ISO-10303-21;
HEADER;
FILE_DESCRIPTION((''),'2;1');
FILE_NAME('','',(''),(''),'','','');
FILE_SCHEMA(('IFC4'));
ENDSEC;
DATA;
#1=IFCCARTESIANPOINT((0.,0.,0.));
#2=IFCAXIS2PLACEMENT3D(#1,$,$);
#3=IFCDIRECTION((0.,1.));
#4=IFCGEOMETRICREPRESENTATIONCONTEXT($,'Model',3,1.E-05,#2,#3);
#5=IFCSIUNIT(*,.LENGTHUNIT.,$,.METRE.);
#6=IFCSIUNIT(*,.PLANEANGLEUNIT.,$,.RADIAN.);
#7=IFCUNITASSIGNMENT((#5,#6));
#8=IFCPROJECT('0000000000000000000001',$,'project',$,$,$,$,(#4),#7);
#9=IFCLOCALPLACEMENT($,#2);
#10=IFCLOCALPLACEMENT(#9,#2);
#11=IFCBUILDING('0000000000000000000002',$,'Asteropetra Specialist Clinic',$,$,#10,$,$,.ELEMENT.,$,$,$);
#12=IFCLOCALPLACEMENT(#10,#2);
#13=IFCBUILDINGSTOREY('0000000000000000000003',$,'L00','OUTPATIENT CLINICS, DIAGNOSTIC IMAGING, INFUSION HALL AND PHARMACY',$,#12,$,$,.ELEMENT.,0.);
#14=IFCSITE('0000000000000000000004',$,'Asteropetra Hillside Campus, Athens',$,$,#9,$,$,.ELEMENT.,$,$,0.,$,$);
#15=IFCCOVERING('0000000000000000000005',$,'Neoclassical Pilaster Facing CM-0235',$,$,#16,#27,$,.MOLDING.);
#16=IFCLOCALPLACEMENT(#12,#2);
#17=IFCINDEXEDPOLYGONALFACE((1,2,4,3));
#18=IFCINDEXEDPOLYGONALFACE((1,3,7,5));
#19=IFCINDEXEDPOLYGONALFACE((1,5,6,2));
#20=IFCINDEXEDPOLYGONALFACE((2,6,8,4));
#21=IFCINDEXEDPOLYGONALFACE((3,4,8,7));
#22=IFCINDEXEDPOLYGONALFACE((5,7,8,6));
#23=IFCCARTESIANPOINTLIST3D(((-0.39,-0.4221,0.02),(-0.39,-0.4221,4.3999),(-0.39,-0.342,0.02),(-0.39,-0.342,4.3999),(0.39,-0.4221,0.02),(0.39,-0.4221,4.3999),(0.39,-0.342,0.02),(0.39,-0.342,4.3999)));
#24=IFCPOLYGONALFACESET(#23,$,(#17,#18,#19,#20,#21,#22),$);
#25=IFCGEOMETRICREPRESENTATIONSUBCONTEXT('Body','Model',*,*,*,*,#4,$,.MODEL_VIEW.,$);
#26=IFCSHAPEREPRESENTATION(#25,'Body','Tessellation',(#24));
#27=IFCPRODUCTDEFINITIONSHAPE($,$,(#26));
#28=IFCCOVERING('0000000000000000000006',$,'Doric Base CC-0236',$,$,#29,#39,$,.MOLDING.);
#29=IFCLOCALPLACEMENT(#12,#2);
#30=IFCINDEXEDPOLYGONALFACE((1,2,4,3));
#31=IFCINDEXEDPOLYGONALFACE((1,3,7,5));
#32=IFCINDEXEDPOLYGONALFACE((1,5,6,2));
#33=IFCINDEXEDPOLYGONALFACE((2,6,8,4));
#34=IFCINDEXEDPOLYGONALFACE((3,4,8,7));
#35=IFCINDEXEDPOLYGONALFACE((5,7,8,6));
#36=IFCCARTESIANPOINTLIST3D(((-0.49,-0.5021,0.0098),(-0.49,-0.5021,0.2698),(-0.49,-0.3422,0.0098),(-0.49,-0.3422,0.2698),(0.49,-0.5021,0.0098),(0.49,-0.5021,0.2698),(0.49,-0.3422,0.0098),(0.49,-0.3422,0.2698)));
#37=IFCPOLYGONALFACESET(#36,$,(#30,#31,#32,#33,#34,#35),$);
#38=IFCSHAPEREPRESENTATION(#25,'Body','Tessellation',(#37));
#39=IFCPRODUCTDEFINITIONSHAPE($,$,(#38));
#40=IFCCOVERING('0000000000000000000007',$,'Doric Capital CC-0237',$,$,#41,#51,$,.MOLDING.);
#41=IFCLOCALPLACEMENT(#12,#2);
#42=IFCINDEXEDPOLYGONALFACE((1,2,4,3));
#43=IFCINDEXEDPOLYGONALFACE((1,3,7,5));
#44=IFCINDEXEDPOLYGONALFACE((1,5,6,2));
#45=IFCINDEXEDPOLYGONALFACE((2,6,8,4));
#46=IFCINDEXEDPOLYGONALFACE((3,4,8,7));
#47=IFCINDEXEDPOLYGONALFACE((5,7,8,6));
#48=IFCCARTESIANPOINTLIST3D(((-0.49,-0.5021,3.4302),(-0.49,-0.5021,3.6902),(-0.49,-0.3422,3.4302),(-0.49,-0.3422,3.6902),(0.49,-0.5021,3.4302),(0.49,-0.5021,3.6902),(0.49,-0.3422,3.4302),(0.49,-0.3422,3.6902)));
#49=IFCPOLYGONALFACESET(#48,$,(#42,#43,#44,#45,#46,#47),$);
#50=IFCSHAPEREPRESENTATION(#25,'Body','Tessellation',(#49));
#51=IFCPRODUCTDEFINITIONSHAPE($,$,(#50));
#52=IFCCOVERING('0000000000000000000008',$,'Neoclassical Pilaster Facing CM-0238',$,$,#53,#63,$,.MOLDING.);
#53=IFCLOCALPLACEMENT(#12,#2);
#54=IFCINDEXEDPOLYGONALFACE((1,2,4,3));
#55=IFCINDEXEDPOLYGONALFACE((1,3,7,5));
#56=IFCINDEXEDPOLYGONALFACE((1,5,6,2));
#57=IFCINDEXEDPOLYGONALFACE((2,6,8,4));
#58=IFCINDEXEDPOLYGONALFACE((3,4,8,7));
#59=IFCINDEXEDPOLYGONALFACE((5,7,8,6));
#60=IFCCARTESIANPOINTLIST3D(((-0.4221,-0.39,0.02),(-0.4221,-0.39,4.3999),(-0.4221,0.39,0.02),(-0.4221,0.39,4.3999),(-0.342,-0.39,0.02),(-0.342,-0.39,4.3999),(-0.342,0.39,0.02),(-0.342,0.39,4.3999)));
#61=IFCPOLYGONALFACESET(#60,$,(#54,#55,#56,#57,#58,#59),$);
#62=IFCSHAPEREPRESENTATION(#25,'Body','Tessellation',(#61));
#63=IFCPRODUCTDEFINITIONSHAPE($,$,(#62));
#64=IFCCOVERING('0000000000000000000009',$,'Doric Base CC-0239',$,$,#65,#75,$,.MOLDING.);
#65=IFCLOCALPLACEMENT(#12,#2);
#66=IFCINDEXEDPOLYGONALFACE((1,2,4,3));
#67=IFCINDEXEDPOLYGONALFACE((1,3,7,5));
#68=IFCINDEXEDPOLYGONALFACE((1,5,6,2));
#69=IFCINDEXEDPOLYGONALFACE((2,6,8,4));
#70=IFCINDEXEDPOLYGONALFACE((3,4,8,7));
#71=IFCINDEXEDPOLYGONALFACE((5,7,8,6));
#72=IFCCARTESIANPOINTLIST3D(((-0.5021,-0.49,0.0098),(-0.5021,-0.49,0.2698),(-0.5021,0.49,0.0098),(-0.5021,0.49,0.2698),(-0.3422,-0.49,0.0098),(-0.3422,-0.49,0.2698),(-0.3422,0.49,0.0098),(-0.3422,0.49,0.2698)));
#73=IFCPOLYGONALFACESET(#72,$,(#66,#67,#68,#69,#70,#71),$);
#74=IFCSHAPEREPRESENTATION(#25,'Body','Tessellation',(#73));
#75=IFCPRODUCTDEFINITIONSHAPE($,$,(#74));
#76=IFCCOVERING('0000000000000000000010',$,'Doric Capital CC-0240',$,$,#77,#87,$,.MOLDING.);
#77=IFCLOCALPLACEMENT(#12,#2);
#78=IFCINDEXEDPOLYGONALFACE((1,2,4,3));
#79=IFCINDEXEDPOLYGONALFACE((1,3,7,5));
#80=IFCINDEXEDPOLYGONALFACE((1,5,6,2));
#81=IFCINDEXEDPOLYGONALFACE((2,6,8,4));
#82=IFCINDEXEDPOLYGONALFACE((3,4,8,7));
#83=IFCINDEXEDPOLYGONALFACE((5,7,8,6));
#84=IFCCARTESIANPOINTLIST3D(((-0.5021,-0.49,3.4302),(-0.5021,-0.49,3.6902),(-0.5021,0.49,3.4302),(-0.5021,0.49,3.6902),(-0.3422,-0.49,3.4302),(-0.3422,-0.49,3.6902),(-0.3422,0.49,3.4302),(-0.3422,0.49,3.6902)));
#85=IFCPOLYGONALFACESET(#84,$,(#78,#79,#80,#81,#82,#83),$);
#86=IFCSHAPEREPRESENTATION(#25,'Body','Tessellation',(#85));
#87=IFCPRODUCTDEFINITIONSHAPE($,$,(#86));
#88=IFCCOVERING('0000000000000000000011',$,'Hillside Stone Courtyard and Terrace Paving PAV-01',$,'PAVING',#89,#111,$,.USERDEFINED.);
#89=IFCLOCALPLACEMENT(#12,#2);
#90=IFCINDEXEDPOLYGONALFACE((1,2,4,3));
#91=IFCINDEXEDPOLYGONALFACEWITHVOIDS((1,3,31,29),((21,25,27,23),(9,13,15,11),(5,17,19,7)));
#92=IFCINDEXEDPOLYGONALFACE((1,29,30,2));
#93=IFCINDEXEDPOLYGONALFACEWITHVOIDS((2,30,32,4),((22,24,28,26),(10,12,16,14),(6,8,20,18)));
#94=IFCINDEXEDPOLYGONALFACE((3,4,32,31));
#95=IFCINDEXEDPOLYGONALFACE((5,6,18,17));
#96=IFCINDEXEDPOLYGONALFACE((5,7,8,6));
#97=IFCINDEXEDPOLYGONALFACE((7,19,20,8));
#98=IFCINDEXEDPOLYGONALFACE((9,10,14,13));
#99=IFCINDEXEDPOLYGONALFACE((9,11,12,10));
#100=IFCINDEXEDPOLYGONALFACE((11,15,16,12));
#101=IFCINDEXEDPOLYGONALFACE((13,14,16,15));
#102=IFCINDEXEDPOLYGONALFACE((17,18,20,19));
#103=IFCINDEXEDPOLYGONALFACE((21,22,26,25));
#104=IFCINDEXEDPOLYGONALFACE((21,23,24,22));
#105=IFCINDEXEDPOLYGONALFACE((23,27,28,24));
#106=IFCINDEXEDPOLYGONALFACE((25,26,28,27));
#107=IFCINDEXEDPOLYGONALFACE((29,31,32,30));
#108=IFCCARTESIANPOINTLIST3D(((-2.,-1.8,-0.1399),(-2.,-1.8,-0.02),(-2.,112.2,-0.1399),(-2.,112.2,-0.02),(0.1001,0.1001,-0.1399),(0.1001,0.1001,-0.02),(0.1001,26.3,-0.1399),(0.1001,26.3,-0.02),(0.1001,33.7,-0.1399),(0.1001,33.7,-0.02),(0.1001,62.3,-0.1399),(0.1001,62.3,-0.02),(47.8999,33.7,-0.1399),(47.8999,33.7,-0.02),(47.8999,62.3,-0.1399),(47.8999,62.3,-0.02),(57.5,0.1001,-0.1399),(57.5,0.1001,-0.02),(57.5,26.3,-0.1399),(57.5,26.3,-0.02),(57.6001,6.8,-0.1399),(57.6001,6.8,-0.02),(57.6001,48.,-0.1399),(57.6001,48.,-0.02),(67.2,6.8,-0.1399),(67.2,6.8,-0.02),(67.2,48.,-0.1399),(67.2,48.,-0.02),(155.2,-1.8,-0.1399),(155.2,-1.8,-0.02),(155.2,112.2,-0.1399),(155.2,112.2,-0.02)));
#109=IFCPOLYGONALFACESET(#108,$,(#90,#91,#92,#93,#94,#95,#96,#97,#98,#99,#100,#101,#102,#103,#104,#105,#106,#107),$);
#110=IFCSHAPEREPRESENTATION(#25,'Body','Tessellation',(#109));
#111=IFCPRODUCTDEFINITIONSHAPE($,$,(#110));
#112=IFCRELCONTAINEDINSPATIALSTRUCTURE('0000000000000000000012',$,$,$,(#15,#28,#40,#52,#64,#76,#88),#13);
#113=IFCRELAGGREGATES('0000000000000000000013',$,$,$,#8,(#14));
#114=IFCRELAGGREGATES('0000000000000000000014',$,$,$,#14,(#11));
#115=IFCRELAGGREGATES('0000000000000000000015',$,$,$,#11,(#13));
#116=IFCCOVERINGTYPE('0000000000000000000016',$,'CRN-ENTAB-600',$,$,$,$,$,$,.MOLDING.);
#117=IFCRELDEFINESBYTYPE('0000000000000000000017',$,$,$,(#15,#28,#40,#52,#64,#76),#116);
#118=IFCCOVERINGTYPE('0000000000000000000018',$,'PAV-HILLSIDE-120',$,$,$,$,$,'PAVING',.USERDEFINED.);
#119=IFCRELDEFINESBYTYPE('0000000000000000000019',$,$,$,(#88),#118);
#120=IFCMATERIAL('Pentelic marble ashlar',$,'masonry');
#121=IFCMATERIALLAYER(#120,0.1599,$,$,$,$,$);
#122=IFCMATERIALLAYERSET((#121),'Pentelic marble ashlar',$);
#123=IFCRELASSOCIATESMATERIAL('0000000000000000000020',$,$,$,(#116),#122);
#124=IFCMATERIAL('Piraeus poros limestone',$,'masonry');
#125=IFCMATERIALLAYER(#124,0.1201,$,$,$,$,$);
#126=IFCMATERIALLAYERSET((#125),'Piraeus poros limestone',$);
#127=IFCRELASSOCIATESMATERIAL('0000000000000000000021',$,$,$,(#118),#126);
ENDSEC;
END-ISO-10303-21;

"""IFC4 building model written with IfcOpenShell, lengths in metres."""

from ifc_helpers import new_model, si_unit, direction, frame, origin, origin_2d, place, context, subcontext, project, spatial, polyline, rectangle, outline, extrude, material, layer, layer_set, type_object, element, save


model = new_model("IFC4")

# Units and contexts
model_context = context("Model", 3, precision=1e-05, world=origin(), true_north=direction((0.0, 1.0)))
body_context = subcontext(model_context, "Body", "Model", "MODEL_VIEW")
ifc_project = project(units=[si_unit("LENGTHUNIT", "METRE"), si_unit("PLANEANGLEUNIT", "RADIAN")], contexts=[model_context])

# Site, building, storey
site_placement = place(None, origin())
site = spatial("IfcSite", under=ifc_project, at=site_placement, Name="Asteropetra Hillside Campus, Athens", CompositionType="ELEMENT", RefElevation=0.0)
building_placement = place(site_placement, origin())
building = spatial("IfcBuilding", under=site, at=building_placement, Name="Asteropetra Specialist Clinic", CompositionType="ELEMENT")
storey_placement = place(building_placement, origin())
storey = spatial("IfcBuildingStorey", under=building, at=storey_placement, Name="L00", Description="OUTPATIENT CLINICS, DIAGNOSTIC IMAGING, INFUSION HALL AND PHARMACY", CompositionType="ELEMENT", Elevation=0.0)

# Coverings
ifc_material_1 = material(Name="Pentelic marble ashlar", Category="masonry")
ifc_layer_1 = layer(ifc_material_1, 0.1599)
ifc_layer_set_1 = layer_set([ifc_layer_1], Name="Pentelic marble ashlar")
covering_type_1 = type_object("IfcCoveringType", Name="CRN-ENTAB-600", PredefinedType="MOLDING", material=ifc_layer_set_1)
covering_1_placement = place(storey_placement, frame((0.0, -0.3821, 0.02), z_axis=(0.0, 0.0, 1.0), x_axis=(1.0, 0.0, 0.0)))
element("IfcCovering", 1, at=covering_1_placement, inside=storey, type_object=covering_type_1, Name="Neoclassical Pilaster Facing CM-0235", PredefinedType="MOLDING", context=body_context, shape_type="SweptSolid", body=[
    extrude(rectangle(XDim=0.78, YDim=0.0801, at=origin_2d()), origin(), (0.0, 0.0, 1.0), 4.3799),
])
for number, where, z_axis, x_axis, name in (
    (2, (0.0, -0.4221, 0.0098), (0.0, 0.0, 1.0), (1.0, 0.0, 0.0), "Doric Base CC-0236"),
    (3, (0.0, -0.4221, 3.4302), (0.0, 0.0, 1.0), (1.0, 0.0, 0.0), "Doric Capital CC-0237"),
):
    element("IfcCovering", number, at=place(storey_placement, frame(where, z_axis=z_axis, x_axis=x_axis)), inside=storey, type_object=covering_type_1, Name=name, PredefinedType="MOLDING", context=body_context, shape_type="SweptSolid", body=[
        extrude(rectangle(XDim=0.98, YDim=0.1599, at=origin_2d()), origin(), (0.0, 0.0, 1.0), 0.26),
    ])
covering_2_placement = place(storey_placement, frame((-0.3821, 0.0, 0.02), z_axis=(0.0, 0.0, 1.0), x_axis=(1.0, 0.0, 0.0)))
element("IfcCovering", 4, at=covering_2_placement, inside=storey, type_object=covering_type_1, Name="Neoclassical Pilaster Facing CM-0238", PredefinedType="MOLDING", context=body_context, shape_type="SweptSolid", body=[
    extrude(rectangle(XDim=0.0801, YDim=0.78, at=origin_2d()), origin(), (0.0, 0.0, 1.0), 4.3799),
])
for number, where, z_axis, x_axis, name in (
    (5, (-0.4221, 0.0, 0.0098), (0.0, 0.0, 1.0), (1.0, 0.0, 0.0), "Doric Base CC-0239"),
    (6, (-0.4221, 0.0, 3.4302), (0.0, 0.0, 1.0), (1.0, 0.0, 0.0), "Doric Capital CC-0240"),
):
    element("IfcCovering", number, at=place(storey_placement, frame(where, z_axis=z_axis, x_axis=x_axis)), inside=storey, type_object=covering_type_1, Name=name, PredefinedType="MOLDING", context=body_context, shape_type="SweptSolid", body=[
        extrude(rectangle(XDim=0.1599, YDim=0.98, at=origin_2d()), origin(), (0.0, 0.0, 1.0), 0.26),
    ])
ifc_material_2 = material(Name="Piraeus poros limestone", Category="masonry")
ifc_layer_2 = layer(ifc_material_2, 0.1201)
ifc_layer_set_2 = layer_set([ifc_layer_2], Name="Piraeus poros limestone")
covering_type_2 = type_object("IfcCoveringType", Name="PAV-HILLSIDE-120", ElementType="PAVING", PredefinedType="USERDEFINED", material=ifc_layer_set_2)
covering_3_placement = place(storey_placement, frame((0.0, 0.0, -0.1399)))
element("IfcCovering", 7, at=covering_3_placement, inside=storey, type_object=covering_type_2, Name="Hillside Stone Courtyard and Terrace Paving PAV-01", ObjectType="PAVING", PredefinedType="USERDEFINED", context=body_context, shape_type="SweptSolid", body=[
    extrude(outline(polyline([(-2.0, -1.8), (155.2, -1.8), (155.2, 112.2), (-2.0, 112.2), (-2.0, -1.8)]), holes=[polyline([(0.1001, 0.1001), (57.5, 0.1001), (57.5, 26.3), (0.1001, 26.3), (0.1001, 0.1001)]), polyline([(0.1001, 33.7), (47.8999, 33.7), (47.8999, 62.3), (0.1001, 62.3), (0.1001, 33.7)]), polyline([(57.6001, 6.8), (67.2, 6.8), (67.2, 48.0), (57.6001, 48.0), (57.6001, 6.8)])]), origin(), (0.0, 0.0, 1.0), 0.1199),
])

save(model, "model.ifc")
